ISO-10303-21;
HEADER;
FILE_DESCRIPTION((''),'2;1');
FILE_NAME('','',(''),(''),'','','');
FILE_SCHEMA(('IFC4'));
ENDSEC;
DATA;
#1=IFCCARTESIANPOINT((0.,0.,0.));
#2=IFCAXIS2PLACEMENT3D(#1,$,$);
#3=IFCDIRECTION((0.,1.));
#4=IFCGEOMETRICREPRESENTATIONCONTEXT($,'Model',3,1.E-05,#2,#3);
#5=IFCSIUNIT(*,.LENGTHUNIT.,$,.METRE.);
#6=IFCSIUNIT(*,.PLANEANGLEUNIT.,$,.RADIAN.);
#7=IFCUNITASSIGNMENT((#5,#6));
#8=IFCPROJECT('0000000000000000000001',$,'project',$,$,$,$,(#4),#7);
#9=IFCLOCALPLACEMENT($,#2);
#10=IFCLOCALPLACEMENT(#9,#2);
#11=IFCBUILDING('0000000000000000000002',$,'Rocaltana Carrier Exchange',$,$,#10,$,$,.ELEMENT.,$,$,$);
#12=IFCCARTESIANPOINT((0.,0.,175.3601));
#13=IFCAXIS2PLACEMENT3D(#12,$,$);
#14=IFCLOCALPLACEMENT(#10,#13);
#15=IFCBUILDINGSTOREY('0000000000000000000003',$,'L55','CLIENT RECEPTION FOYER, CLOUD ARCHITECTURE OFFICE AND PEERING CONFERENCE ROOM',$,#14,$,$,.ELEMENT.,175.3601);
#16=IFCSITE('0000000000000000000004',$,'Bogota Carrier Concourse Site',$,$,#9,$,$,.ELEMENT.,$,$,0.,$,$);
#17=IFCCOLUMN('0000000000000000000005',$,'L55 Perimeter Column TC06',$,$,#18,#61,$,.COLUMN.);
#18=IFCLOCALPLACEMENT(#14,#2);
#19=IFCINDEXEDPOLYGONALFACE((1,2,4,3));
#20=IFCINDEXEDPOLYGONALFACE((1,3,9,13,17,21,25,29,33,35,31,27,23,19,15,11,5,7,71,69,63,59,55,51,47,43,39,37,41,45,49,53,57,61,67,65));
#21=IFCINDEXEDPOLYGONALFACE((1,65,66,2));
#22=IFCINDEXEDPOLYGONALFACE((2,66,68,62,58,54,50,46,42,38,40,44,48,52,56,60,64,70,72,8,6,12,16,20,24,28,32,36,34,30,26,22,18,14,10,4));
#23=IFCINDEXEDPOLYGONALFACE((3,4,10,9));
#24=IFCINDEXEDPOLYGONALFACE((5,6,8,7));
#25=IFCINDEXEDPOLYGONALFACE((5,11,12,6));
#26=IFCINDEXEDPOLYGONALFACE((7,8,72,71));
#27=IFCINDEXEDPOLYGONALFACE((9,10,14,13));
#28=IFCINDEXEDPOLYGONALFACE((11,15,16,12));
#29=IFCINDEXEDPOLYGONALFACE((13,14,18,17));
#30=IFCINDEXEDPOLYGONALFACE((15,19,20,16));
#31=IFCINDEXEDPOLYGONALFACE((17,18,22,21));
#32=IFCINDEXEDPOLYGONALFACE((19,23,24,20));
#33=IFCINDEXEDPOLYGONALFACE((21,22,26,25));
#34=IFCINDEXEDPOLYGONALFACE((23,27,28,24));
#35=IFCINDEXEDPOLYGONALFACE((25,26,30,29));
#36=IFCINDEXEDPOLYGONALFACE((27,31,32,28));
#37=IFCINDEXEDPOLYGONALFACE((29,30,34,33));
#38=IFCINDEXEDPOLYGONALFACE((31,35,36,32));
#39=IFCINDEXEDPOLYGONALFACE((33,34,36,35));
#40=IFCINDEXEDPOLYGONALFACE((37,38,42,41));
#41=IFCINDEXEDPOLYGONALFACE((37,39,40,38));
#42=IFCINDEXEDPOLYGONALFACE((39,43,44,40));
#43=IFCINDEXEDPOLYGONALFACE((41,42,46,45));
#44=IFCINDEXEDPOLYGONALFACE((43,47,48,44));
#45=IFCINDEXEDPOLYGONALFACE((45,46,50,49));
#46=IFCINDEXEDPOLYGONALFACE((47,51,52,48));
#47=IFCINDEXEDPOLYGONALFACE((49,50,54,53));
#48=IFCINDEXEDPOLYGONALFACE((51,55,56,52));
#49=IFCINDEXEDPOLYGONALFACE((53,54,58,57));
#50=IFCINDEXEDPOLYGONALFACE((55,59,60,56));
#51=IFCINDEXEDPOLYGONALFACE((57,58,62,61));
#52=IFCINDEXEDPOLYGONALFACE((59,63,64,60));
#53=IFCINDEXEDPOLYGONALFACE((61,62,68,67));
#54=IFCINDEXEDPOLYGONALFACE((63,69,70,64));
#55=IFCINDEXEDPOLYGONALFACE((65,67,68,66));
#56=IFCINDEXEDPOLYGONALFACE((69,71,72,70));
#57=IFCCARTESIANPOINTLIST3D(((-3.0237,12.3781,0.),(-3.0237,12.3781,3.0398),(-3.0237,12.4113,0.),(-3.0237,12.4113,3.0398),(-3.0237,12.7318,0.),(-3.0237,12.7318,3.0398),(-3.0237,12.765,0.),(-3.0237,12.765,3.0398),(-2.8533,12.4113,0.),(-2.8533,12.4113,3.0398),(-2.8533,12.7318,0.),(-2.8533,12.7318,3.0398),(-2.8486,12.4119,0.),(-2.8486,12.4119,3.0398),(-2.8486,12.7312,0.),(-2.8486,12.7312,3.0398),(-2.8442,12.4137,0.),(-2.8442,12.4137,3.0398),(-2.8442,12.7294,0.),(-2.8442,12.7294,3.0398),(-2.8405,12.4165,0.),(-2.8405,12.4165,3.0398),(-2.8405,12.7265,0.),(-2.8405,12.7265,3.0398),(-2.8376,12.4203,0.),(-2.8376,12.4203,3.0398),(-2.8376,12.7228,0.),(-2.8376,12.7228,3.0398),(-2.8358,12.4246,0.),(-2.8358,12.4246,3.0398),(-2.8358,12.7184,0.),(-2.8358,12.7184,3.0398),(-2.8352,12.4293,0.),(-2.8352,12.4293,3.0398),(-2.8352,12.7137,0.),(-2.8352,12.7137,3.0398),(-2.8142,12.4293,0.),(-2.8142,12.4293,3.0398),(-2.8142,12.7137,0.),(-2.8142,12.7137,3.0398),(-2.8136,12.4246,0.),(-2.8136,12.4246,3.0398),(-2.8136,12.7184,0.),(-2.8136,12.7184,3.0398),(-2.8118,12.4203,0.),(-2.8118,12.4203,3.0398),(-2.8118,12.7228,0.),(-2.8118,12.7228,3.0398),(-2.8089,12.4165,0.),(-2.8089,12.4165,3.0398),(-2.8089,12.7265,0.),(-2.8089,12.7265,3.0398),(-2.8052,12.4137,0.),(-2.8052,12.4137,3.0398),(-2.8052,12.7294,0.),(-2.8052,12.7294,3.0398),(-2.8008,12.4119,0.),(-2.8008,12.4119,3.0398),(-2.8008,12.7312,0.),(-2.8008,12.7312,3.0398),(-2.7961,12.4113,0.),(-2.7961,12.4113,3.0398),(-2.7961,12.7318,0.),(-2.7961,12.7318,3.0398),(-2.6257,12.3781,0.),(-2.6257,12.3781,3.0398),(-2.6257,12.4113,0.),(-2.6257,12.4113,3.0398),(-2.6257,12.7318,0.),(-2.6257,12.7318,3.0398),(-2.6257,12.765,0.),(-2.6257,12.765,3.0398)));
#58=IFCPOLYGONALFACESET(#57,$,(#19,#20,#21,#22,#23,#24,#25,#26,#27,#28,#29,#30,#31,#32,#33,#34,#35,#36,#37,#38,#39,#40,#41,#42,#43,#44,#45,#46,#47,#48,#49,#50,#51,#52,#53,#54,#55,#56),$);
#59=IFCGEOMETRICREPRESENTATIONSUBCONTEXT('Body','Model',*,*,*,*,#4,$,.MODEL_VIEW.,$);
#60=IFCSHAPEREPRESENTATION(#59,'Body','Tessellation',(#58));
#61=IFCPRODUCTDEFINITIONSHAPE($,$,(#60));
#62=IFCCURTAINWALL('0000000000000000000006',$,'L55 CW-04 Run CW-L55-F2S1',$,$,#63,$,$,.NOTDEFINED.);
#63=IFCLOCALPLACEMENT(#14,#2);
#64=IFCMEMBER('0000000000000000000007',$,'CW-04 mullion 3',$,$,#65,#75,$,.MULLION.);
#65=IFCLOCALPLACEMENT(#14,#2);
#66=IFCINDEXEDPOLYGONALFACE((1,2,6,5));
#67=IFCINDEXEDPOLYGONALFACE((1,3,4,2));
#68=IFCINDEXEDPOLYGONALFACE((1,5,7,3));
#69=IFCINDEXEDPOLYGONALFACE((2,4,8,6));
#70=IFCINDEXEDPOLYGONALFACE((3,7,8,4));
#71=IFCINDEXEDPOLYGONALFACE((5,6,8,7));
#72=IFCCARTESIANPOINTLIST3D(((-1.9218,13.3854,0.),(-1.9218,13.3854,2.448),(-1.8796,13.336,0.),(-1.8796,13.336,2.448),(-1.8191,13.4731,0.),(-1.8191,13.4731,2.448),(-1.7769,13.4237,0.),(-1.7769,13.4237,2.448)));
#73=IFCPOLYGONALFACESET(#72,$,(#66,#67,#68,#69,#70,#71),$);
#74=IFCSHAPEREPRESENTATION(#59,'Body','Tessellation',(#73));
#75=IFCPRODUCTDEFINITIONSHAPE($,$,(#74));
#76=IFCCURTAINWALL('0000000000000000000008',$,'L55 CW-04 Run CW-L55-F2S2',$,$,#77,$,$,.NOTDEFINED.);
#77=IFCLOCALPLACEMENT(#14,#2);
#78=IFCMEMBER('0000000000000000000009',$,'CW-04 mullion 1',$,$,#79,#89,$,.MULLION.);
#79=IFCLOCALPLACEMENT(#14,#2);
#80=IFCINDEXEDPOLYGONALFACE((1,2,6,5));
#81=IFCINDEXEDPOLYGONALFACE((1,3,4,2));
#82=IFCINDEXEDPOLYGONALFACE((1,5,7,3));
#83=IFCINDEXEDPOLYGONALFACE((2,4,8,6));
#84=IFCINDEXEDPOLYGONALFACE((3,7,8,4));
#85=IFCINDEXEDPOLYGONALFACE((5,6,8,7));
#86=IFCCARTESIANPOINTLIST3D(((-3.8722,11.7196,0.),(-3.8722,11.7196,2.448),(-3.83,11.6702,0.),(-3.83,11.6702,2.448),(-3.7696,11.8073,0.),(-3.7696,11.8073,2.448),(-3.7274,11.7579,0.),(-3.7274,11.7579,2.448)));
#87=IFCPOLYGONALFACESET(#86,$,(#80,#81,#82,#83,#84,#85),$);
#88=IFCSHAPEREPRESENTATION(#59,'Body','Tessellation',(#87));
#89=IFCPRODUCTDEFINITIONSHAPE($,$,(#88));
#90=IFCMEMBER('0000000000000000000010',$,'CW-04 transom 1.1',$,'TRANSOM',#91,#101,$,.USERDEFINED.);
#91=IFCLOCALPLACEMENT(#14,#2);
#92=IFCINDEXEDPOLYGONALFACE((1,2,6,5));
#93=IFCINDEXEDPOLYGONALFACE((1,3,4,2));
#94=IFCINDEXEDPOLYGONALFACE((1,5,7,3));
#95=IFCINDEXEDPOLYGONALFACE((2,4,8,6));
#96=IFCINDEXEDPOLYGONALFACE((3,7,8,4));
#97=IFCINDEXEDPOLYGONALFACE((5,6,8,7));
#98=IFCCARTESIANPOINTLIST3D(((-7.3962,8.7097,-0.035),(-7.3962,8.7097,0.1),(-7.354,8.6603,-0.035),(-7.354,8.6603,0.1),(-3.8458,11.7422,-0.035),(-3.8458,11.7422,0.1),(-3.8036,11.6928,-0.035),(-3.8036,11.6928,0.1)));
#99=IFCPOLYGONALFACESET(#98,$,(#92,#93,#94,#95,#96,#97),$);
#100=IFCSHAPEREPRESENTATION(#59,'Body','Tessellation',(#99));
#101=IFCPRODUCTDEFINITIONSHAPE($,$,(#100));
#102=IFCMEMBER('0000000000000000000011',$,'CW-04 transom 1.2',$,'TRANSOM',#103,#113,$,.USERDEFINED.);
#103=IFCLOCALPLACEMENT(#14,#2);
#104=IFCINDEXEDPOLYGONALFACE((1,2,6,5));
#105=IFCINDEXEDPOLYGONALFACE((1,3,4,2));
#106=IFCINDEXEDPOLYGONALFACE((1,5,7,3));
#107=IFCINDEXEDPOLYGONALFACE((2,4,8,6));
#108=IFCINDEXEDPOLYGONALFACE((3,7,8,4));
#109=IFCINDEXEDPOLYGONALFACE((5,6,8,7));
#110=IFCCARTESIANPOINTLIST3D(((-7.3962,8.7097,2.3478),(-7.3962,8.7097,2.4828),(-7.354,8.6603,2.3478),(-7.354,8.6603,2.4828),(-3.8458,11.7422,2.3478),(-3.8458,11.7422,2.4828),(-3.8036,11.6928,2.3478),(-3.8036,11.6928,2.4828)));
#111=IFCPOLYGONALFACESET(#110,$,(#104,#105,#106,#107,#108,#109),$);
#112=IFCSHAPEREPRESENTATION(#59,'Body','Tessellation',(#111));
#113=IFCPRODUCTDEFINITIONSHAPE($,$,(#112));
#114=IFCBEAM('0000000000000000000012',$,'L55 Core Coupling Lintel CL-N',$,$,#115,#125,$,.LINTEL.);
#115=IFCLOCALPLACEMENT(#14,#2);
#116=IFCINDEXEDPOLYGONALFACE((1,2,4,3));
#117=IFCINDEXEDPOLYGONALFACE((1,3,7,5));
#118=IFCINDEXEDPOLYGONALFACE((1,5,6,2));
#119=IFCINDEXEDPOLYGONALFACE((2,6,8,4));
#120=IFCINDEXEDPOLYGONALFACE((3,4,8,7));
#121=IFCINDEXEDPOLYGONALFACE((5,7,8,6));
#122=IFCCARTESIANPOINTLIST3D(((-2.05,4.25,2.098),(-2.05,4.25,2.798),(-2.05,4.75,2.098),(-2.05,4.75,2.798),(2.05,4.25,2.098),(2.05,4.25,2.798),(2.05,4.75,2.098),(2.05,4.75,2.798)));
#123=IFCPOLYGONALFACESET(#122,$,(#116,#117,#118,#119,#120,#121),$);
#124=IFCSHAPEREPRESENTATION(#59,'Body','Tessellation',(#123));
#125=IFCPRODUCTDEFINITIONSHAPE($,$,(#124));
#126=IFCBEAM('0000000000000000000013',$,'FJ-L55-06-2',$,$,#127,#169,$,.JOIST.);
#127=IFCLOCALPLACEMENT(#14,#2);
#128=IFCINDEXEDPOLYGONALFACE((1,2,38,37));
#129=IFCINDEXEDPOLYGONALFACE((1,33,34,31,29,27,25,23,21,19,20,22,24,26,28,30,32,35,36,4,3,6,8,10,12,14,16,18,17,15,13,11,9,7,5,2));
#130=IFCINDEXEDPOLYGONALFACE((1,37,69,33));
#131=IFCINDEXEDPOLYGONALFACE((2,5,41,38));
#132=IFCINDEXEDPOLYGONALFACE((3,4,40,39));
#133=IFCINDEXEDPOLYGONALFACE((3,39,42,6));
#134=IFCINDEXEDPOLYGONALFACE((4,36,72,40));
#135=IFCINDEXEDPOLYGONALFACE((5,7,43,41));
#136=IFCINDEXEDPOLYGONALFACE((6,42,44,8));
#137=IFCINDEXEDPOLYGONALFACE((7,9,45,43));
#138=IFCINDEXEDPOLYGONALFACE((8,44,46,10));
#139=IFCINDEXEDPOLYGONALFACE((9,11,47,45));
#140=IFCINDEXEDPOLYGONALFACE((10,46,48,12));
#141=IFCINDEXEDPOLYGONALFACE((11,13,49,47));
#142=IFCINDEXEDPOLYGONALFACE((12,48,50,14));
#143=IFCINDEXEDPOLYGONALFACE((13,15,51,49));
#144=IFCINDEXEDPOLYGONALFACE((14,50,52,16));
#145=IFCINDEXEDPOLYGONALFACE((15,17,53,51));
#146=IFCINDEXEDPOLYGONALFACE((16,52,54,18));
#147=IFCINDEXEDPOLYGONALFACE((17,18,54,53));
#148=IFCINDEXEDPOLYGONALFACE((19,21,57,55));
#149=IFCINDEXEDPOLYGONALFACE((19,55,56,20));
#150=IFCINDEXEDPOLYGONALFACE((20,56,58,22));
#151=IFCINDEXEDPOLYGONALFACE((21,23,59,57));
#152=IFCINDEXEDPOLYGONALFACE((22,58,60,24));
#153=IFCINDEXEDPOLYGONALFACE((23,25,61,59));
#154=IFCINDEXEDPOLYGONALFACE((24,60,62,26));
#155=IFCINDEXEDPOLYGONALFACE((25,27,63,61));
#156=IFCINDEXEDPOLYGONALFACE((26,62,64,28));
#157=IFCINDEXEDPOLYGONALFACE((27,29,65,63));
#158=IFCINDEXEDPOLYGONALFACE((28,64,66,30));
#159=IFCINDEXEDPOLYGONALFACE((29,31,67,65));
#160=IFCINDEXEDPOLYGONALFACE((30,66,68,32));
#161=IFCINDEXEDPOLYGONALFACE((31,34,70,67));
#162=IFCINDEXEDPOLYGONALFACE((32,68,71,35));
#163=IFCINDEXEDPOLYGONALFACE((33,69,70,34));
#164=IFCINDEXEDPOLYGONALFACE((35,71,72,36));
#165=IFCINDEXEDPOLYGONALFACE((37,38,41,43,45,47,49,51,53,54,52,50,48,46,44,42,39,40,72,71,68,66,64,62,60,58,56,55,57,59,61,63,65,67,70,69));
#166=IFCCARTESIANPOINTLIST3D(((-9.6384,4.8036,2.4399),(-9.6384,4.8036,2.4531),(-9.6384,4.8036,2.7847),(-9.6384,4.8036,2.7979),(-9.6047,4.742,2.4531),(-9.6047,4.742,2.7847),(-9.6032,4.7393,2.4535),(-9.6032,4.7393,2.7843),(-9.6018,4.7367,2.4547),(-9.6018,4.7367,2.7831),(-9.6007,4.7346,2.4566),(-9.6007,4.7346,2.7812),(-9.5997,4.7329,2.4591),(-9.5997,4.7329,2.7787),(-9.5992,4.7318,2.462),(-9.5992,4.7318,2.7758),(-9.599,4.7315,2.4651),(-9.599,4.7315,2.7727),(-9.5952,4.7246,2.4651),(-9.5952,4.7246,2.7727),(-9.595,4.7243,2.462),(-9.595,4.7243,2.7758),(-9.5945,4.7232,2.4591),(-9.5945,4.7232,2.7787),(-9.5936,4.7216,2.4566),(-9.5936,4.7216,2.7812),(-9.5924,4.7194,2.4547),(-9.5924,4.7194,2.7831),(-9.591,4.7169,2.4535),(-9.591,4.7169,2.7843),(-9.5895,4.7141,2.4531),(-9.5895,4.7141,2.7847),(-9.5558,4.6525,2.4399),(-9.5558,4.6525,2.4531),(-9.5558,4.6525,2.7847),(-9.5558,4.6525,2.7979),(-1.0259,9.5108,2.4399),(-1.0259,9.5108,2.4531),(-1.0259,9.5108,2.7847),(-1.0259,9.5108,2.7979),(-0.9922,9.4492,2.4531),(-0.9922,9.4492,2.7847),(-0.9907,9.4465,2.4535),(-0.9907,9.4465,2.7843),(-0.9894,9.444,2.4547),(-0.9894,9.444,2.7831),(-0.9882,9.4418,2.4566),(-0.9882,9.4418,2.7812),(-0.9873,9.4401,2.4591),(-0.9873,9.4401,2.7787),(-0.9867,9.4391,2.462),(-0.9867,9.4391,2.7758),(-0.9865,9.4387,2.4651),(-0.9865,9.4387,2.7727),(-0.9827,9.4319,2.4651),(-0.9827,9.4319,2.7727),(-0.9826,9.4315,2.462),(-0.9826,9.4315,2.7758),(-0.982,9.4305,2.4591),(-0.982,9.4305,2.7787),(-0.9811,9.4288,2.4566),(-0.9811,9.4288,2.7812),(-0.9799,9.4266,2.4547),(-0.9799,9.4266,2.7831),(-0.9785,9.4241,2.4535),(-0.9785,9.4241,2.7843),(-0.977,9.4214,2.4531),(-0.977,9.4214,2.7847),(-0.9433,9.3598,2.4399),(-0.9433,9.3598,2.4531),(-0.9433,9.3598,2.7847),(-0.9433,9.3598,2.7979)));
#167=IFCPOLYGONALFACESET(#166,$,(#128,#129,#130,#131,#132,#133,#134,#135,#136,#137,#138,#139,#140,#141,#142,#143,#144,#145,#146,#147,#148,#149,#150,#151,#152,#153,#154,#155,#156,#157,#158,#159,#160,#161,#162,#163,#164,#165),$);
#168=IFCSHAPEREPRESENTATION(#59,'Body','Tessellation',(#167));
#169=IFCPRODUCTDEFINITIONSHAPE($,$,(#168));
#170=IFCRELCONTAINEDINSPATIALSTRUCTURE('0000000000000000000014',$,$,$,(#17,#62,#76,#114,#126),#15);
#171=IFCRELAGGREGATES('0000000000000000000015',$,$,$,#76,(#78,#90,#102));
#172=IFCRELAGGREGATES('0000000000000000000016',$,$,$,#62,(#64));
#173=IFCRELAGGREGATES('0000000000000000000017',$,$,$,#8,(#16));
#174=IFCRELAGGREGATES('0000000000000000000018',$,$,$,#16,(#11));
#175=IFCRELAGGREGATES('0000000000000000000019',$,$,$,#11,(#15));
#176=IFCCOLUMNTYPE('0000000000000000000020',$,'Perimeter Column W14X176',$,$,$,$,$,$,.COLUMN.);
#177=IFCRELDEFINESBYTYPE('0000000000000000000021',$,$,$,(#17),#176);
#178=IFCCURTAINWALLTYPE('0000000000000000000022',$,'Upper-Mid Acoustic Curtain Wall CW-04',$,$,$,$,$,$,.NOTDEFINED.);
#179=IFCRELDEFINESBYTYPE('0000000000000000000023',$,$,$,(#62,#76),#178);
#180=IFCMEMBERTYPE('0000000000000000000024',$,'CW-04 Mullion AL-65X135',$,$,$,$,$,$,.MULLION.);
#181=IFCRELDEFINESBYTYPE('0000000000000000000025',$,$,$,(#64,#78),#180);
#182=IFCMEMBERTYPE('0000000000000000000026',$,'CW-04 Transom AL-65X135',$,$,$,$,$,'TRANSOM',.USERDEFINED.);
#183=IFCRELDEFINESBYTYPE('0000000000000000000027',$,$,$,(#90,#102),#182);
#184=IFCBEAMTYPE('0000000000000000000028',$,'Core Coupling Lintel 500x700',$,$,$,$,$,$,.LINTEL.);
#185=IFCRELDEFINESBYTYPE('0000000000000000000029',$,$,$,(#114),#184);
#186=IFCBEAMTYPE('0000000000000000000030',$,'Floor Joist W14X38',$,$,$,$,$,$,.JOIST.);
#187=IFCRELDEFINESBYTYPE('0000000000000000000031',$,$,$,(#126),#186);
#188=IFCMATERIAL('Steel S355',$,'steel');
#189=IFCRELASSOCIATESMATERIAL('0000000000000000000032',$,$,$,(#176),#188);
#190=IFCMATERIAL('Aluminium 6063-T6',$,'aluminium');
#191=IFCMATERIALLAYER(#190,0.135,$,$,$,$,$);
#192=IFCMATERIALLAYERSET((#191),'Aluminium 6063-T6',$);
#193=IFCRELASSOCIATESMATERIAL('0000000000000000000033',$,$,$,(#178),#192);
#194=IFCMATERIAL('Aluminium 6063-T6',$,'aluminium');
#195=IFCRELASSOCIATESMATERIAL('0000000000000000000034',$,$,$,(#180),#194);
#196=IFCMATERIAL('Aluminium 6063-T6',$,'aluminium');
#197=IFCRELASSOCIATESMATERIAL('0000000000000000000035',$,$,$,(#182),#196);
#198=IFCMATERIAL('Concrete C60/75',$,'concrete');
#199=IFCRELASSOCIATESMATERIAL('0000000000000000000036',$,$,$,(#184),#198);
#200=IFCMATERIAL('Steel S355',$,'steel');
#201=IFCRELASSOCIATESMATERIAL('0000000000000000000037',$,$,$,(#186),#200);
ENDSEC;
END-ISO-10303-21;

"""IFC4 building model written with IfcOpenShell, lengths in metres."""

from ifc_helpers import new_model, si_unit, direction, frame, origin, origin_2d, place, context, subcontext, project, spatial, rectangle, i_section, extrude, material, layer, layer_set, material_profile, profile_set, type_object, element, aggregate, save


model = new_model("IFC4")

# Units and contexts
model_context = context("Model", 3, precision=1e-05, world=origin(), true_north=direction((0.0, 1.0)))
body_context = subcontext(model_context, "Body", "Model", "MODEL_VIEW")
ifc_project = project(units=[si_unit("LENGTHUNIT", "METRE"), si_unit("PLANEANGLEUNIT", "RADIAN")], contexts=[model_context])

# Site, building, storey
site_placement = place(None, origin())
site = spatial("IfcSite", under=ifc_project, at=site_placement, Name="Bogota Carrier Concourse Site", CompositionType="ELEMENT", RefElevation=0.0)
building_placement = place(site_placement, origin())
building = spatial("IfcBuilding", under=site, at=building_placement, Name="Rocaltana Carrier Exchange", CompositionType="ELEMENT")
storey_placement = place(building_placement, frame((0.0, 0.0, 175.3601)))
storey = spatial("IfcBuildingStorey", under=building, at=storey_placement, Name="L55", Description="CLIENT RECEPTION FOYER, CLOUD ARCHITECTURE OFFICE AND PEERING CONFERENCE ROOM", CompositionType="ELEMENT", Elevation=175.3601)

# Column
ifc_material_1 = material(Name="Steel S355", Category="steel")
ifc_material_profile_1 = material_profile(ifc_material_1, i_section(OverallWidth=0.3979, OverallDepth=0.387, WebThickness=0.021, FlangeThickness=0.0332, FilletRadius=0.0181, at=origin_2d()), Name="W14X176")
ifc_profile_set_1 = profile_set([ifc_material_profile_1], Name="Steel S355")
column_type = type_object("IfcColumnType", Name="Perimeter Column W14X176", PredefinedType="COLUMN", material=ifc_profile_set_1)
column_placement = place(storey_placement, frame((-2.8247, 12.5715, 0.0), z_axis=(0.0, 0.0, 1.0), x_axis=(1.0, 0.0, 0.0)))
element("IfcColumn", 1, at=column_placement, inside=storey, type_object=column_type, Name="L55 Perimeter Column TC06", PredefinedType="COLUMN", context=body_context, shape_type="SweptSolid", body=[
    extrude(i_section(OverallWidth=0.3979, OverallDepth=0.387, WebThickness=0.021, FlangeThickness=0.0332, FilletRadius=0.0181, at=origin_2d()), origin(), (0.0, 0.0, 1.0), 3.0398),
])

# Curtain wall, member
ifc_material_2 = material(Name="Aluminium 6063-T6", Category="aluminium")
ifc_layer_1 = layer(ifc_material_2, 0.135)
ifc_layer_set_1 = layer_set([ifc_layer_1], Name="Aluminium 6063-T6")
curtain_wall_type = type_object("IfcCurtainWallType", Name="Upper-Mid Acoustic Curtain Wall CW-04", PredefinedType="NOTDEFINED", material=ifc_layer_set_1)
curtain_wall_1_placement = place(storey_placement, origin())
curtain_wall_1 = element("IfcCurtainWall", 2, at=curtain_wall_1_placement, inside=storey, type_object=curtain_wall_type, Name="L55 CW-04 Run CW-L55-F2S1", PredefinedType="NOTDEFINED")
ifc_material_3 = material(Name="Aluminium 6063-T6", Category="aluminium")
ifc_material_profile_2 = material_profile(ifc_material_3, rectangle(XDim=0.0649, YDim=0.135, at=origin_2d()), Name="AL-65X135")
ifc_profile_set_2 = profile_set([ifc_material_profile_2], Name="Aluminium 6063-T6")
member_type_1 = type_object("IfcMemberType", Name="CW-04 Mullion AL-65X135", PredefinedType="MULLION", material=ifc_profile_set_2)
member_1_placement = place(storey_placement, frame((-1.8494, 13.4045, 0.0), z_axis=(0.0, 0.0, 1.0), x_axis=(0.649448, -0.760406, 0.0)))
member_1 = element("IfcMember", 3, at=member_1_placement, type_object=member_type_1, Name="CW-04 mullion 3", PredefinedType="MULLION", context=body_context, shape_type="SweptSolid", body=[
    extrude(rectangle(XDim=0.0649, YDim=0.135, at=origin_2d()), origin(), (0.0, 0.0, 1.0), 2.448),
])

# Curtain wall, members
curtain_wall_2_placement = place(storey_placement, origin())
curtain_wall_2 = element("IfcCurtainWall", 4, at=curtain_wall_2_placement, inside=storey, type_object=curtain_wall_type, Name="L55 CW-04 Run CW-L55-F2S2", PredefinedType="NOTDEFINED")
member_2_placement = place(storey_placement, frame((-3.7998, 11.7388, 0.0), z_axis=(0.0, 0.0, 1.0), x_axis=(0.649454, -0.760401, 0.0)))
member_2 = element("IfcMember", 5, at=member_2_placement, type_object=member_type_1, Name="CW-04 mullion 1", PredefinedType="MULLION", context=body_context, shape_type="SweptSolid", body=[
    extrude(rectangle(XDim=0.0649, YDim=0.135, at=origin_2d()), origin(), (0.0, 0.0, 1.0), 2.448),
])
ifc_material_4 = material(Name="Aluminium 6063-T6", Category="aluminium")
ifc_material_profile_3 = material_profile(ifc_material_4, rectangle(XDim=0.0649, YDim=0.135, at=origin_2d()), Name="AL-65X135")
ifc_profile_set_3 = profile_set([ifc_material_profile_3], Name="Aluminium 6063-T6")
member_type_2 = type_object("IfcMemberType", Name="CW-04 Transom AL-65X135", ElementType="TRANSOM", PredefinedType="USERDEFINED", material=ifc_profile_set_3)
member_3_placement = place(storey_placement, frame((-3.8247, 11.7175, 0.0325), z_axis=(-0.760381, -0.649477, 0.0), x_axis=(0.649477, -0.760381, 0.0)))
member_3 = element("IfcMember", 6, at=member_3_placement, type_object=member_type_2, Name="CW-04 transom 1.1", ObjectType="TRANSOM", PredefinedType="USERDEFINED", context=body_context, shape_type="SweptSolid", body=[
    extrude(rectangle(XDim=0.0649, YDim=0.135, at=origin_2d()), origin(), (0.0, 0.0, 1.0), 4.6692),
])
member_4_placement = place(storey_placement, frame((-3.8247, 11.7175, 2.4153), z_axis=(-0.760381, -0.649477, 0.0), x_axis=(0.649477, -0.760381, 0.0)))
member_4 = element("IfcMember", 7, at=member_4_placement, type_object=member_type_2, Name="CW-04 transom 1.2", ObjectType="TRANSOM", PredefinedType="USERDEFINED", context=body_context, shape_type="SweptSolid", body=[
    extrude(rectangle(XDim=0.0649, YDim=0.135, at=origin_2d()), origin(), (0.0, 0.0, 1.0), 4.6692),
])
aggregate(curtain_wall_2, [member_2, member_3, member_4])

# Beams
ifc_material_5 = material(Name="Concrete C60/75", Category="concrete")
ifc_material_profile_4 = material_profile(ifc_material_5, rectangle(XDim=0.5, YDim=0.7, at=origin_2d()), Name="RC-BM-500X700")
ifc_profile_set_4 = profile_set([ifc_material_profile_4], Name="Concrete C60/75")
beam_type_1 = type_object("IfcBeamType", Name="Core Coupling Lintel 500x700", PredefinedType="LINTEL", material=ifc_profile_set_4)
beam_1_placement = place(storey_placement, frame((-2.05, 4.5, 2.448), z_axis=(1.0, 0.0, 0.0), x_axis=(0.0, 1.0, 0.0)))
element("IfcBeam", 8, at=beam_1_placement, inside=storey, type_object=beam_type_1, Name="L55 Core Coupling Lintel CL-N", PredefinedType="LINTEL", context=body_context, shape_type="SweptSolid", body=[
    extrude(rectangle(XDim=0.5, YDim=0.7, at=origin_2d()), origin(), (0.0, 0.0, 1.0), 4.1001),
])
ifc_material_6 = material(Name="Steel S355", Category="steel")
ifc_material_profile_5 = material_profile(ifc_material_6, i_section(OverallWidth=0.1721, OverallDepth=0.3579, WebThickness=0.0078, FlangeThickness=0.0132, FilletRadius=0.012, at=origin_2d()), Name="W14X38")
ifc_profile_set_5 = profile_set([ifc_material_profile_5], Name="Steel S355")
beam_type_2 = type_object("IfcBeamType", Name="Floor Joist W14X38", PredefinedType="JOIST", material=ifc_profile_set_5)
beam_2_placement = place(storey_placement, frame((-0.9846, 9.4353, 2.6189), z_axis=(-0.877487, -0.4796, 0.0), x_axis=(0.4796, -0.877487, 0.0)))
element("IfcBeam", 9, at=beam_2_placement, inside=storey, type_object=beam_type_2, Name="FJ-L55-06-2", PredefinedType="JOIST", context=body_context, shape_type="SweptSolid", body=[
    extrude(i_section(OverallWidth=0.1721, OverallDepth=0.3579, WebThickness=0.0078, FlangeThickness=0.0132, FilletRadius=0.012, at=origin_2d()), origin(), (0.0, 0.0, 1.0), 9.8149),
])

aggregate(curtain_wall_1, [member_1])

save(model, "model.ifc")
